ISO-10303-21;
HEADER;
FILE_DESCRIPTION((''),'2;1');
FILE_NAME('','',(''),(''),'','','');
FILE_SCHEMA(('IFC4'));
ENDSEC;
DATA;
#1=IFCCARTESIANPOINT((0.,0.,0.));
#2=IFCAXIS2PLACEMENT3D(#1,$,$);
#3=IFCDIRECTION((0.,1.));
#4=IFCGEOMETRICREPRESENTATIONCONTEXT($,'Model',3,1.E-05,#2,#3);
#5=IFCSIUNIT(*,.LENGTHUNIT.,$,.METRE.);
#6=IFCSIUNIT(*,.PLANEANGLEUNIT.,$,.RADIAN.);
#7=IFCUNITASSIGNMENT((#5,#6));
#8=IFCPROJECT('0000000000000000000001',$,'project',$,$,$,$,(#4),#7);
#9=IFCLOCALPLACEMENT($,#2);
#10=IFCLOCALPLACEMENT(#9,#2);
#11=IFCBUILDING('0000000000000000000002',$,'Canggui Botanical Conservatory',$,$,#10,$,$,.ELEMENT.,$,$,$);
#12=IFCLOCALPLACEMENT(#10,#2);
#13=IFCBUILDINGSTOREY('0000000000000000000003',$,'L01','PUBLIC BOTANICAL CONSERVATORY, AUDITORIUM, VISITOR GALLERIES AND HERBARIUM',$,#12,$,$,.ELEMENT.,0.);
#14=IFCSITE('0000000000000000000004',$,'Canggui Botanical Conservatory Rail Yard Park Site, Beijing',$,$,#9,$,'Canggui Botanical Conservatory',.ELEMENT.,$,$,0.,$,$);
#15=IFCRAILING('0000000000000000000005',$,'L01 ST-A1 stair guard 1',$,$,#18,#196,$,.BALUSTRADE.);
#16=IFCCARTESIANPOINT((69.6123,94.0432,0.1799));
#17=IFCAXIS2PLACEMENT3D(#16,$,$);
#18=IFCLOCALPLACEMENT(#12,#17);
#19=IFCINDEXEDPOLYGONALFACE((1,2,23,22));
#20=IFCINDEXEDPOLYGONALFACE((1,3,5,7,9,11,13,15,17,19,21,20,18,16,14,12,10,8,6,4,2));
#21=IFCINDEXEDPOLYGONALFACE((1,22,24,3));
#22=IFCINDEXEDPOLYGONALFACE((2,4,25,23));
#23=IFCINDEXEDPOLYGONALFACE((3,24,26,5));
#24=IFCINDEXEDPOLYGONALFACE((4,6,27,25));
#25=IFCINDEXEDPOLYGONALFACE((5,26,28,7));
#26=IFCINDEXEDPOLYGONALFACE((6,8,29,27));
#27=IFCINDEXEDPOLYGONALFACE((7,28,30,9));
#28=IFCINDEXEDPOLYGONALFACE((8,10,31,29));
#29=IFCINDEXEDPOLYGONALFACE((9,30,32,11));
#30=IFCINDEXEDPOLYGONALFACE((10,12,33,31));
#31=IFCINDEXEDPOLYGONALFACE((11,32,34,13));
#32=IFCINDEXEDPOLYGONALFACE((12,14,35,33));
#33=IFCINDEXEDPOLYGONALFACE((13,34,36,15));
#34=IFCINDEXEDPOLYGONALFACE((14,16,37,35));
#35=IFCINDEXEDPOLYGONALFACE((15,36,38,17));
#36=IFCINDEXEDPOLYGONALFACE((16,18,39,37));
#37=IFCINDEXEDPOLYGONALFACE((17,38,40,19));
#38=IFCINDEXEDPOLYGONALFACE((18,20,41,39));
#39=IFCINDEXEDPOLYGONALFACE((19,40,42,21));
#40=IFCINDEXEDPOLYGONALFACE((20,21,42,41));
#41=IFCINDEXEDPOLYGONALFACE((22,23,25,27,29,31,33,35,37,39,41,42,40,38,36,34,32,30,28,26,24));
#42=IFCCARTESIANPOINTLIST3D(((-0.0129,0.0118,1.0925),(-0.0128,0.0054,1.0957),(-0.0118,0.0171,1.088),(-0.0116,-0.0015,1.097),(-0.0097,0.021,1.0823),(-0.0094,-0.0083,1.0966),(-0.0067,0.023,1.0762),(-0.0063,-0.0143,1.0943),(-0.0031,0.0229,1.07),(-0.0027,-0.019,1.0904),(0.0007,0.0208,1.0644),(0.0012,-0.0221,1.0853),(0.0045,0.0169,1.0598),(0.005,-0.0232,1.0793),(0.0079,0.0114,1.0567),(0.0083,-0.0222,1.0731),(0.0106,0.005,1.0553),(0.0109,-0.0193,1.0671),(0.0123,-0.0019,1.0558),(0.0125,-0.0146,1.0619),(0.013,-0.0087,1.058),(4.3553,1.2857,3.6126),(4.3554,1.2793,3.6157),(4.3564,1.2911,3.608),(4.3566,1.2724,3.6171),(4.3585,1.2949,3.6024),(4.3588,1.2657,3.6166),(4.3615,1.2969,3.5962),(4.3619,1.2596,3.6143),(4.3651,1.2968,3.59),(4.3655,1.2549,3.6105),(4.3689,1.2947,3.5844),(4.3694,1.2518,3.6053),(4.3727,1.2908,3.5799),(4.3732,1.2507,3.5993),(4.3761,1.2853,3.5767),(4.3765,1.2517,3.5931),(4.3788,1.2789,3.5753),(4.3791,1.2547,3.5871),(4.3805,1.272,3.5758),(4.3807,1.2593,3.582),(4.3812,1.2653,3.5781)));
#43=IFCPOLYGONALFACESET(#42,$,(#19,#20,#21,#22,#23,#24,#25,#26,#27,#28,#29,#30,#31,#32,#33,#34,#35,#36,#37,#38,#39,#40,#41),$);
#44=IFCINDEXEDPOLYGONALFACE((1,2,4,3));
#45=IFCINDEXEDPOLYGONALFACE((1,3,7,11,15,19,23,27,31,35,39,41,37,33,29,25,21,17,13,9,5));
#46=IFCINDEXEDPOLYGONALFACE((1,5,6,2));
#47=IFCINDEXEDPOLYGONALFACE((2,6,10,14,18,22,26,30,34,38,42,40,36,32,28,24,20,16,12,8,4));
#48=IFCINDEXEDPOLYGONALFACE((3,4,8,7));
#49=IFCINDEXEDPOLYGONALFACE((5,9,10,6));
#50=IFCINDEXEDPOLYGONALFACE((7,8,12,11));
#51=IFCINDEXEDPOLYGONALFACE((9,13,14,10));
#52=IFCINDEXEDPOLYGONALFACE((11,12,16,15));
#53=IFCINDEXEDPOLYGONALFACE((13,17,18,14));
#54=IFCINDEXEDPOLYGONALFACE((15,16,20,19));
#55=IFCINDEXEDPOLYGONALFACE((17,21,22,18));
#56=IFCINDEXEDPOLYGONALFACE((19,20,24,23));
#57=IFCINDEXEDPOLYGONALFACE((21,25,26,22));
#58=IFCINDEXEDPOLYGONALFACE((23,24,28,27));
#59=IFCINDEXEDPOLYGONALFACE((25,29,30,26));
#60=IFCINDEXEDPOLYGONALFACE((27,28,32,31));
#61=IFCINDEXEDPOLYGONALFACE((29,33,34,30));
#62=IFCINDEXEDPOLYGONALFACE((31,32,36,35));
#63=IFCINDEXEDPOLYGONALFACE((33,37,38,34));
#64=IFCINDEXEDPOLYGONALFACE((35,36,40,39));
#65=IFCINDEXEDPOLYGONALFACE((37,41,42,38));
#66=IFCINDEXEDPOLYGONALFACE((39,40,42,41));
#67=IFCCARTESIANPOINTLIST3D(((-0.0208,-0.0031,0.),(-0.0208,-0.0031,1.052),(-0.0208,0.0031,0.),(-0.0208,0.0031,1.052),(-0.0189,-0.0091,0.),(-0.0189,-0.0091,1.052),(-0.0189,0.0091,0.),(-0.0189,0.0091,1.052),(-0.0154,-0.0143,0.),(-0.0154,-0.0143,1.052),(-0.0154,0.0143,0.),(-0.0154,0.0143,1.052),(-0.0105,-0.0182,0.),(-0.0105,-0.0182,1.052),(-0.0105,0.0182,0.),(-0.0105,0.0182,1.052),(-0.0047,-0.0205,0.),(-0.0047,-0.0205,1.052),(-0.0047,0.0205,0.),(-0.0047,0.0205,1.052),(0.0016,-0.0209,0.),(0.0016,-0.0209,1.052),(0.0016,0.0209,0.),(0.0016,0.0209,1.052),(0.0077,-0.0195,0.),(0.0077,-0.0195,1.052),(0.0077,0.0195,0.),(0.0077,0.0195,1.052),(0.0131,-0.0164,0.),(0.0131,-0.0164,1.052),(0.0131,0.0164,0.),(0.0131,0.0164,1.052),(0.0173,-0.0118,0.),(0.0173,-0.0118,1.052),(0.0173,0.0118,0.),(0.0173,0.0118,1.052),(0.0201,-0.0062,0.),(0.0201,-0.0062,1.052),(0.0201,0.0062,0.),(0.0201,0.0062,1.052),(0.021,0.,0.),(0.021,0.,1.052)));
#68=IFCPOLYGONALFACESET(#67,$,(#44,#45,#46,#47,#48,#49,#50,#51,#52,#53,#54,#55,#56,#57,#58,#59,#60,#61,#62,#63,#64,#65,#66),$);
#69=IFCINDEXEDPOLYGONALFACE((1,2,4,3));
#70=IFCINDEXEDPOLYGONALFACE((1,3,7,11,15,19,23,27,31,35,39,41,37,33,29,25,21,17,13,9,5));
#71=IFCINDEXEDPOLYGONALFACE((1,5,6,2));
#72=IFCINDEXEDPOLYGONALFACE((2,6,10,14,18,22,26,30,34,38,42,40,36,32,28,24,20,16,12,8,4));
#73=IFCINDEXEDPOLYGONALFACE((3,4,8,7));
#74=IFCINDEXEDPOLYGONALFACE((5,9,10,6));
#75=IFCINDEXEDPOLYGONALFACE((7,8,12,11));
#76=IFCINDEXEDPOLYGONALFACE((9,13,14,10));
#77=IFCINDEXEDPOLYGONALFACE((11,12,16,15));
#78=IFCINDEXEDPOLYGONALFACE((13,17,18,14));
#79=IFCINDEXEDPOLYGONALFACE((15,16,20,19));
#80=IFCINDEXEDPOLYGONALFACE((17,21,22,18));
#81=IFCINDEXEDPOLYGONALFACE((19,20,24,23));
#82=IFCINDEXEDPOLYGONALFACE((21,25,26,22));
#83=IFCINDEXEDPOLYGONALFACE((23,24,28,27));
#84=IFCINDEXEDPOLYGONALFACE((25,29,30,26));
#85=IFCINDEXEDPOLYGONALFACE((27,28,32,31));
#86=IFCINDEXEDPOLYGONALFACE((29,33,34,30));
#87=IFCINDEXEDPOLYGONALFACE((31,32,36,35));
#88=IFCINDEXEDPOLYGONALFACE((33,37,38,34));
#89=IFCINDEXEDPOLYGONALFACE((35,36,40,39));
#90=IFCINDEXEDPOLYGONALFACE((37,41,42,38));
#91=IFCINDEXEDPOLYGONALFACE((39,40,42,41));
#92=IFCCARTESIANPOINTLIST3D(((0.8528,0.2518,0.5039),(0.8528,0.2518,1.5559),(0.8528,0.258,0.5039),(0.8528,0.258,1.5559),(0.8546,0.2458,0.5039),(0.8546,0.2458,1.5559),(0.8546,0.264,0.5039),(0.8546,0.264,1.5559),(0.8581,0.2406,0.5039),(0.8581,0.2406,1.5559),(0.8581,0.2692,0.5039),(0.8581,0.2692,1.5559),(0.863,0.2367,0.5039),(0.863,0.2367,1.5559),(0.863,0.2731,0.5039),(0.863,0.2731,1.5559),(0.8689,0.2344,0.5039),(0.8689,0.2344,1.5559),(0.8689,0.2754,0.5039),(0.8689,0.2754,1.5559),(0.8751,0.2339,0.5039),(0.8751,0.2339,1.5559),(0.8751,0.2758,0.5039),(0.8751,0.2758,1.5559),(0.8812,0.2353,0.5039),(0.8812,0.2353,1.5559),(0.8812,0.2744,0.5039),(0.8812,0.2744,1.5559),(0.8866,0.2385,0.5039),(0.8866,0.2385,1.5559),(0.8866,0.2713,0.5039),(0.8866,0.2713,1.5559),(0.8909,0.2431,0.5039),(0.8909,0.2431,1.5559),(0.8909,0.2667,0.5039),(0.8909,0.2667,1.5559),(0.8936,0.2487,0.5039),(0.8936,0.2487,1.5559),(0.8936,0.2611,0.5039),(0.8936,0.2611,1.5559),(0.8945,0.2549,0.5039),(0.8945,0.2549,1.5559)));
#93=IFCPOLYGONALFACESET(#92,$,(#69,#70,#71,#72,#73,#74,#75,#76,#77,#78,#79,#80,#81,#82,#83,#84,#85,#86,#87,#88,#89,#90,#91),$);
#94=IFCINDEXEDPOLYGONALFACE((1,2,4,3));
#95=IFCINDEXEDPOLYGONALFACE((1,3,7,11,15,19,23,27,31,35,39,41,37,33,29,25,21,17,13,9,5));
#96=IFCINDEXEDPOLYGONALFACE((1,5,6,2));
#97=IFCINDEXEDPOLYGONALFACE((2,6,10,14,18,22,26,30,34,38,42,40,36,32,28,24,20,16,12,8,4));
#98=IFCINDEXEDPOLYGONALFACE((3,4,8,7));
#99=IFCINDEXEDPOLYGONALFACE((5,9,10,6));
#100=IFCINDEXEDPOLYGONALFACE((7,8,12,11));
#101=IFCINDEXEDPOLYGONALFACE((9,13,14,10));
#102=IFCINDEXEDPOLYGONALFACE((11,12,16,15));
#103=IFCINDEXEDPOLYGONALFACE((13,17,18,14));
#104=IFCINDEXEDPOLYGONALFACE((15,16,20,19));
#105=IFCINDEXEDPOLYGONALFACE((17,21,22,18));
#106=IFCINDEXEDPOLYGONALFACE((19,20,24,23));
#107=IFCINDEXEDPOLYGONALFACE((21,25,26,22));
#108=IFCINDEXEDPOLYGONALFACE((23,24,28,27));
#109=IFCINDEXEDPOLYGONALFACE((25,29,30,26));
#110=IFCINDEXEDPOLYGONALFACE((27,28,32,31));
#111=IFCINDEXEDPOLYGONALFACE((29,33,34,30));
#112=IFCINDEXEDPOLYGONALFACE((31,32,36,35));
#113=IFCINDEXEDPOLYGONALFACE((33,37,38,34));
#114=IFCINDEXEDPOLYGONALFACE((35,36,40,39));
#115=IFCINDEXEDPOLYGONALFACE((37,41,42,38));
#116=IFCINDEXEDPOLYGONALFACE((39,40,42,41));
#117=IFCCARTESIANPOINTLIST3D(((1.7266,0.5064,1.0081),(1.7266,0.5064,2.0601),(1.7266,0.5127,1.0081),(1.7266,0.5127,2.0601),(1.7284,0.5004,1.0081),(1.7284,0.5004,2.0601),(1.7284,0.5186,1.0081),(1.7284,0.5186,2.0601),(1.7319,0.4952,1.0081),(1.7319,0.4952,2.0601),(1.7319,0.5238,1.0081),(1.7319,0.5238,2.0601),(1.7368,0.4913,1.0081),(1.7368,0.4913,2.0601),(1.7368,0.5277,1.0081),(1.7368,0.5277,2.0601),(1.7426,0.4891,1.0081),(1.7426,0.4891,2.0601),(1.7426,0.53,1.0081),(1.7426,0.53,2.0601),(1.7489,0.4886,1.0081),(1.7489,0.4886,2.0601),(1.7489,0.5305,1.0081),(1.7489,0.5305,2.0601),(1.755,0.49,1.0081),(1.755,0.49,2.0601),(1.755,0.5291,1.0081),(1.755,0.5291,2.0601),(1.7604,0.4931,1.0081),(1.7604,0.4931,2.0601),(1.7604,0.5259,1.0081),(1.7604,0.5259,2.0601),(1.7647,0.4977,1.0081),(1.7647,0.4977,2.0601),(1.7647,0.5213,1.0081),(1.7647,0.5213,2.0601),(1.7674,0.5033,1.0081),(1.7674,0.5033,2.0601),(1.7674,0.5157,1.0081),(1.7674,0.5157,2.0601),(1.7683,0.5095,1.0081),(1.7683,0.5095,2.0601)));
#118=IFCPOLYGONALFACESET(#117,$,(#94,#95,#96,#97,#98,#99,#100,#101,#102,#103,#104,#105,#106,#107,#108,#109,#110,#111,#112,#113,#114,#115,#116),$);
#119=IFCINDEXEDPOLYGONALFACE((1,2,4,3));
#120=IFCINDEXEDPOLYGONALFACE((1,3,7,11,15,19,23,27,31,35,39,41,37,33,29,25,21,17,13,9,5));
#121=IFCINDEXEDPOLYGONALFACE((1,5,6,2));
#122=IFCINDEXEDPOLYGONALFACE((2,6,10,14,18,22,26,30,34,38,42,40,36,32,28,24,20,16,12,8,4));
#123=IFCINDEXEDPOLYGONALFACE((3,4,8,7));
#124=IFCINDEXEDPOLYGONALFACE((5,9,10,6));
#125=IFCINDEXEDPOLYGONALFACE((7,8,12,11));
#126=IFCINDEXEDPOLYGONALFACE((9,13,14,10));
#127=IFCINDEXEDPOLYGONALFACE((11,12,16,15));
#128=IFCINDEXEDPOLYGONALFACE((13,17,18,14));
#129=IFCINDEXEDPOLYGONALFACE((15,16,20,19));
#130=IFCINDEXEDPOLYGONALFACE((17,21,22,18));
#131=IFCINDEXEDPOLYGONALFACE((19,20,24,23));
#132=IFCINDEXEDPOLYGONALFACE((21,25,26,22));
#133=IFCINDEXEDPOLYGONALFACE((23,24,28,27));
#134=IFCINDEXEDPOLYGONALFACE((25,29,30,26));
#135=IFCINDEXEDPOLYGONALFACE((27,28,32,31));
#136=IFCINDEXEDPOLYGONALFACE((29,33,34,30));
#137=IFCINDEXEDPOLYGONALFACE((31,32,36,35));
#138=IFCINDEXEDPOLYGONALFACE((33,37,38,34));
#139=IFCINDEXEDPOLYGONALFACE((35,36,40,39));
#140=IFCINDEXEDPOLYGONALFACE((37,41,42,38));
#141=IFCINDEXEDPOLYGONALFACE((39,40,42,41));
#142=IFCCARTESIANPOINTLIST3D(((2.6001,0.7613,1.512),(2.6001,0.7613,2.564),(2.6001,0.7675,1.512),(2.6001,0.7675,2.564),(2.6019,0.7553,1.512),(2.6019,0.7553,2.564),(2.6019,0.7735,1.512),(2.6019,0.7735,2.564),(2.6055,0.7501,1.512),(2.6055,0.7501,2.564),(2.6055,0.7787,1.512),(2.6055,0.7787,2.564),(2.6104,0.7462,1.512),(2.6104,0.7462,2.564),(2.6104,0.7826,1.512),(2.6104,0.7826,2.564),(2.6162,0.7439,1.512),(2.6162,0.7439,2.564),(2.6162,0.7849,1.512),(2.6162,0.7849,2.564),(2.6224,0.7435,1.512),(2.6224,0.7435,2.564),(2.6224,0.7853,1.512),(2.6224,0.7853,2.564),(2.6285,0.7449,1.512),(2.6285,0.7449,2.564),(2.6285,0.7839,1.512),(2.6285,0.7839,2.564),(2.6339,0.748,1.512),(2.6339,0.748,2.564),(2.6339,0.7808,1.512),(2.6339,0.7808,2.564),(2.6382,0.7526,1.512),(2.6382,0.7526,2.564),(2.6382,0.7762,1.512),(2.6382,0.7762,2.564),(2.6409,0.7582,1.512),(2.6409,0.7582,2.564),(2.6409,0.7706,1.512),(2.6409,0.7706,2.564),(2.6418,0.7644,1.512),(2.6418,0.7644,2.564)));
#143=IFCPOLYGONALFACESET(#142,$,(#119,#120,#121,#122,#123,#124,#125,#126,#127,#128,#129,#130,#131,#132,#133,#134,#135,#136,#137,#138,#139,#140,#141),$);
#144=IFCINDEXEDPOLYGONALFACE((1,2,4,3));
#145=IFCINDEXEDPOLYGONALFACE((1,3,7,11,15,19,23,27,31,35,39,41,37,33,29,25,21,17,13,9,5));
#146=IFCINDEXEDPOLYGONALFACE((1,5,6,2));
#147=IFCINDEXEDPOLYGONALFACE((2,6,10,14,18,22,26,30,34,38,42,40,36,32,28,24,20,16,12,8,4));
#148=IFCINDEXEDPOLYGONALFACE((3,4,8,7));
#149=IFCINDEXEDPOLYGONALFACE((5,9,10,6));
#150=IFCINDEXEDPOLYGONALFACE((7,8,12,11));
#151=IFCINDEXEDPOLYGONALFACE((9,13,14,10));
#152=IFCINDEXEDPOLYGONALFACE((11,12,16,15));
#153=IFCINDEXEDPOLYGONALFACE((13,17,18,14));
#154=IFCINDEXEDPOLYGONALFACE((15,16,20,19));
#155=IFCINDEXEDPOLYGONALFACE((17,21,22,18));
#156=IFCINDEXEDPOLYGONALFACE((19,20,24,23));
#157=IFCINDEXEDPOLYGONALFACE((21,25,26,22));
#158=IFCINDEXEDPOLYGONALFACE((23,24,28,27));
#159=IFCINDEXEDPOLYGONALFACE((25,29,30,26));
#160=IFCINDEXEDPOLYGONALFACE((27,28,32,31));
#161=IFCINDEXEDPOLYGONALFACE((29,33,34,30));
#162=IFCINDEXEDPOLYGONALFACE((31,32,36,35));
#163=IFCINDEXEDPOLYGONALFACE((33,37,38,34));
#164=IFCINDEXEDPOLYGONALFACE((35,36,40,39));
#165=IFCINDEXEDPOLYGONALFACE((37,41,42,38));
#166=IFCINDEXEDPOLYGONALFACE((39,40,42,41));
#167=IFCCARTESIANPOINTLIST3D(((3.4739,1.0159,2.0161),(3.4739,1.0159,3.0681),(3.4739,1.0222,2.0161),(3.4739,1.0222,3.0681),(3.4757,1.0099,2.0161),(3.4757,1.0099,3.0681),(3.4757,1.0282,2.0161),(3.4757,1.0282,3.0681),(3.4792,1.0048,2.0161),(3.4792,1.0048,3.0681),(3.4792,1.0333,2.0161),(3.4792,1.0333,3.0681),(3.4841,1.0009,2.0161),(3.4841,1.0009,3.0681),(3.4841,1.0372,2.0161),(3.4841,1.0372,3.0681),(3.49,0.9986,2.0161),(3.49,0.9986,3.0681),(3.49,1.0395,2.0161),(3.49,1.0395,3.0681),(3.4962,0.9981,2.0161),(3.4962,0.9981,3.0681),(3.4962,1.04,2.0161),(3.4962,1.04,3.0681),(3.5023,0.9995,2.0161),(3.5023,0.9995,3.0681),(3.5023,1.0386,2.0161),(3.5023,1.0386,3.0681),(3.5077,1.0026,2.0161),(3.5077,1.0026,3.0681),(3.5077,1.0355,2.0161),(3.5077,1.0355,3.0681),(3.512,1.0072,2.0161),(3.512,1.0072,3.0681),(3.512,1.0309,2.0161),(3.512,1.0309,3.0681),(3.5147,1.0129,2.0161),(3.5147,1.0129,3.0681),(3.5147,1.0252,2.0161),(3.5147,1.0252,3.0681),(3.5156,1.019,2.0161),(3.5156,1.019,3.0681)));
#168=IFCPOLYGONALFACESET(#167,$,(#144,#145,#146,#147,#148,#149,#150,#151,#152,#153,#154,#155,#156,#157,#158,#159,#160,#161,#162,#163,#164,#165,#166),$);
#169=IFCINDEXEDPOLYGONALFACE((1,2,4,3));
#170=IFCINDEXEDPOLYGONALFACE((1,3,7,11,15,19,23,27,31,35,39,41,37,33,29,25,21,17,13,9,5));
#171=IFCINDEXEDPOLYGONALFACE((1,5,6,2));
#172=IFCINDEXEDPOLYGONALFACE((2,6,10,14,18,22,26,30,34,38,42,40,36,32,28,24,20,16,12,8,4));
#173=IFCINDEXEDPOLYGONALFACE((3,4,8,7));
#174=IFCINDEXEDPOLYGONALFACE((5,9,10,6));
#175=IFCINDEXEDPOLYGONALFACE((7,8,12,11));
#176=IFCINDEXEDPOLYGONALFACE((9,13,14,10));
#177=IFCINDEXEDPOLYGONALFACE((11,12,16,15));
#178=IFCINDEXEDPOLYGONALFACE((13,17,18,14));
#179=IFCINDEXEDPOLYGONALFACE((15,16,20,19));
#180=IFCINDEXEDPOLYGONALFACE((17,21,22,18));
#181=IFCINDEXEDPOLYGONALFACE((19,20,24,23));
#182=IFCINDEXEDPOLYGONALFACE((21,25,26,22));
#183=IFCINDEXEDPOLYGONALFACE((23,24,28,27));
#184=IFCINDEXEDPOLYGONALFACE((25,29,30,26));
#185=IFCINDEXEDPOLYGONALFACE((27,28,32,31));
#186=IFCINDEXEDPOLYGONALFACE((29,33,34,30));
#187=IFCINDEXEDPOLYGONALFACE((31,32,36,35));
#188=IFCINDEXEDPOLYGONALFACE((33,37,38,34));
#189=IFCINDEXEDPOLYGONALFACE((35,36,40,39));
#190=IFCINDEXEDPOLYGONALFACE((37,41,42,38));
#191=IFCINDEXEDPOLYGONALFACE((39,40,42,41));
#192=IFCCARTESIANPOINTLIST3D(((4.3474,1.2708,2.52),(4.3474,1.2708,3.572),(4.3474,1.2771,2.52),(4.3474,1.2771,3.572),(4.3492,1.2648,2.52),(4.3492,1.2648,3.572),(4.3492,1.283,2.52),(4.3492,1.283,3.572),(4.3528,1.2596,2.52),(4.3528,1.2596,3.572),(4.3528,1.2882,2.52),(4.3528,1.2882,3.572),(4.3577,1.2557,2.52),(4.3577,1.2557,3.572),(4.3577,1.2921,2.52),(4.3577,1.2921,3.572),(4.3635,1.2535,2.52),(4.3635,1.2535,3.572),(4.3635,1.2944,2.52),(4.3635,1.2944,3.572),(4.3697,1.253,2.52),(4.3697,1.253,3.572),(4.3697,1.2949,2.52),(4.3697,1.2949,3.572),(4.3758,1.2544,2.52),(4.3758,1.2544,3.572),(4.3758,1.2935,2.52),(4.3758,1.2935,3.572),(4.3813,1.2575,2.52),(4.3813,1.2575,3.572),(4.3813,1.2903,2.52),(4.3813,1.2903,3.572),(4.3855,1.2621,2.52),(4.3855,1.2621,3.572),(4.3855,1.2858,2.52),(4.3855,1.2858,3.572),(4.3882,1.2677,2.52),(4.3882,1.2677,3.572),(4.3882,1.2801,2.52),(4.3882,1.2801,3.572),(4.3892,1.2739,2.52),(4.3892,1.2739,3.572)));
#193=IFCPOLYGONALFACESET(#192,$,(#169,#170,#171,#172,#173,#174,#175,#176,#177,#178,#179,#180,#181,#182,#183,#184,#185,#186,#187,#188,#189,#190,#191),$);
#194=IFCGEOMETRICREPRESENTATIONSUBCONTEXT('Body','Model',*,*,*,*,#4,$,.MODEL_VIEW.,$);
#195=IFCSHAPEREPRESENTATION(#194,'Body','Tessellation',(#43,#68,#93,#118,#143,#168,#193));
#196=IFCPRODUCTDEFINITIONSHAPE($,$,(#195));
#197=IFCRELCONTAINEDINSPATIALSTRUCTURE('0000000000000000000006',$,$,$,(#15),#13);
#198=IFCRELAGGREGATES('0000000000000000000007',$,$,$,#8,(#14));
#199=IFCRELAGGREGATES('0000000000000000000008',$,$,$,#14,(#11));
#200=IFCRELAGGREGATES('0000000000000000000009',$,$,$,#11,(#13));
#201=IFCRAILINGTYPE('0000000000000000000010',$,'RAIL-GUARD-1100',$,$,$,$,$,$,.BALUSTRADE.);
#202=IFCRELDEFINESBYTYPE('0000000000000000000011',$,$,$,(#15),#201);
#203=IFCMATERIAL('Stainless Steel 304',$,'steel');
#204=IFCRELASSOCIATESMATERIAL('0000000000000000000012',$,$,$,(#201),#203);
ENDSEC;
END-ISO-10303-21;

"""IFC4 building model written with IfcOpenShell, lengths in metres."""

from ifc_helpers import new_model, si_unit, direction, frame, origin, origin_2d, place, context, subcontext, project, spatial, circle, extrude, material, type_object, element, save


model = new_model("IFC4")

# Units and contexts
model_context = context("Model", 3, precision=1e-05, world=origin(), true_north=direction((0.0, 1.0)))
body_context = subcontext(model_context, "Body", "Model", "MODEL_VIEW")
ifc_project = project(units=[si_unit("LENGTHUNIT", "METRE"), si_unit("PLANEANGLEUNIT", "RADIAN")], contexts=[model_context])

# Site, building, storey
site_placement = place(None, origin())
site = spatial("IfcSite", under=ifc_project, at=site_placement, Name="Canggui Botanical Conservatory Rail Yard Park Site, Beijing", LongName="Canggui Botanical Conservatory", CompositionType="ELEMENT", RefElevation=0.0)
building_placement = place(site_placement, origin())
building = spatial("IfcBuilding", under=site, at=building_placement, Name="Canggui Botanical Conservatory", CompositionType="ELEMENT")
storey_placement = place(building_placement, origin())
storey = spatial("IfcBuildingStorey", under=building, at=storey_placement, Name="L01", Description="PUBLIC BOTANICAL CONSERVATORY, AUDITORIUM, VISITOR GALLERIES AND HERBARIUM", CompositionType="ELEMENT", Elevation=0.0)

# Shared definitions
ifc_material_1 = material(Name="Stainless Steel 304", Category="steel")

# Railing
railing_type = type_object("IfcRailingType", Name="RAIL-GUARD-1100", PredefinedType="BALUSTRADE", material=ifc_material_1)
railing_1_placement = place(storey_placement, frame((69.6123, 94.0432, 0.1799)))
element("IfcRailing", 1, at=railing_1_placement, inside=storey, type_object=railing_type, Name="L01 ST-A1 stair guard 1", PredefinedType="BALUSTRADE", context=body_context, shape_type="SweptSolid", body=[
    extrude(circle(Radius=0.0239, at=origin_2d()), frame((0.0, 0.0, 1.0762), z_axis=(0.83981, 0.244921, 0.484492), x_axis=(-0.279975, 0.960007, 0.0)), (0.0, 0.0, 1.0), 5.2014),
    extrude(circle(Radius=0.021, at=origin_2d()), origin(), (0.0, 0.0, 1.0), 1.052),
    extrude(circle(Radius=0.021, at=origin_2d()), frame((0.8735, 0.2549, 0.5039)), (0.0, 0.0, 1.0), 1.052),
    extrude(circle(Radius=0.021, at=origin_2d()), frame((1.7473, 0.5095, 1.0081)), (0.0, 0.0, 1.0), 1.052),
    extrude(circle(Radius=0.021, at=origin_2d()), frame((2.6208, 0.7644, 1.512)), (0.0, 0.0, 1.0), 1.052),
    extrude(circle(Radius=0.021, at=origin_2d()), frame((3.4946, 1.019, 2.0161)), (0.0, 0.0, 1.0), 1.052),
    extrude(circle(Radius=0.021, at=origin_2d()), frame((4.3682, 1.2739, 2.52)), (0.0, 0.0, 1.0), 1.052),
])

save(model, "model.ifc")
